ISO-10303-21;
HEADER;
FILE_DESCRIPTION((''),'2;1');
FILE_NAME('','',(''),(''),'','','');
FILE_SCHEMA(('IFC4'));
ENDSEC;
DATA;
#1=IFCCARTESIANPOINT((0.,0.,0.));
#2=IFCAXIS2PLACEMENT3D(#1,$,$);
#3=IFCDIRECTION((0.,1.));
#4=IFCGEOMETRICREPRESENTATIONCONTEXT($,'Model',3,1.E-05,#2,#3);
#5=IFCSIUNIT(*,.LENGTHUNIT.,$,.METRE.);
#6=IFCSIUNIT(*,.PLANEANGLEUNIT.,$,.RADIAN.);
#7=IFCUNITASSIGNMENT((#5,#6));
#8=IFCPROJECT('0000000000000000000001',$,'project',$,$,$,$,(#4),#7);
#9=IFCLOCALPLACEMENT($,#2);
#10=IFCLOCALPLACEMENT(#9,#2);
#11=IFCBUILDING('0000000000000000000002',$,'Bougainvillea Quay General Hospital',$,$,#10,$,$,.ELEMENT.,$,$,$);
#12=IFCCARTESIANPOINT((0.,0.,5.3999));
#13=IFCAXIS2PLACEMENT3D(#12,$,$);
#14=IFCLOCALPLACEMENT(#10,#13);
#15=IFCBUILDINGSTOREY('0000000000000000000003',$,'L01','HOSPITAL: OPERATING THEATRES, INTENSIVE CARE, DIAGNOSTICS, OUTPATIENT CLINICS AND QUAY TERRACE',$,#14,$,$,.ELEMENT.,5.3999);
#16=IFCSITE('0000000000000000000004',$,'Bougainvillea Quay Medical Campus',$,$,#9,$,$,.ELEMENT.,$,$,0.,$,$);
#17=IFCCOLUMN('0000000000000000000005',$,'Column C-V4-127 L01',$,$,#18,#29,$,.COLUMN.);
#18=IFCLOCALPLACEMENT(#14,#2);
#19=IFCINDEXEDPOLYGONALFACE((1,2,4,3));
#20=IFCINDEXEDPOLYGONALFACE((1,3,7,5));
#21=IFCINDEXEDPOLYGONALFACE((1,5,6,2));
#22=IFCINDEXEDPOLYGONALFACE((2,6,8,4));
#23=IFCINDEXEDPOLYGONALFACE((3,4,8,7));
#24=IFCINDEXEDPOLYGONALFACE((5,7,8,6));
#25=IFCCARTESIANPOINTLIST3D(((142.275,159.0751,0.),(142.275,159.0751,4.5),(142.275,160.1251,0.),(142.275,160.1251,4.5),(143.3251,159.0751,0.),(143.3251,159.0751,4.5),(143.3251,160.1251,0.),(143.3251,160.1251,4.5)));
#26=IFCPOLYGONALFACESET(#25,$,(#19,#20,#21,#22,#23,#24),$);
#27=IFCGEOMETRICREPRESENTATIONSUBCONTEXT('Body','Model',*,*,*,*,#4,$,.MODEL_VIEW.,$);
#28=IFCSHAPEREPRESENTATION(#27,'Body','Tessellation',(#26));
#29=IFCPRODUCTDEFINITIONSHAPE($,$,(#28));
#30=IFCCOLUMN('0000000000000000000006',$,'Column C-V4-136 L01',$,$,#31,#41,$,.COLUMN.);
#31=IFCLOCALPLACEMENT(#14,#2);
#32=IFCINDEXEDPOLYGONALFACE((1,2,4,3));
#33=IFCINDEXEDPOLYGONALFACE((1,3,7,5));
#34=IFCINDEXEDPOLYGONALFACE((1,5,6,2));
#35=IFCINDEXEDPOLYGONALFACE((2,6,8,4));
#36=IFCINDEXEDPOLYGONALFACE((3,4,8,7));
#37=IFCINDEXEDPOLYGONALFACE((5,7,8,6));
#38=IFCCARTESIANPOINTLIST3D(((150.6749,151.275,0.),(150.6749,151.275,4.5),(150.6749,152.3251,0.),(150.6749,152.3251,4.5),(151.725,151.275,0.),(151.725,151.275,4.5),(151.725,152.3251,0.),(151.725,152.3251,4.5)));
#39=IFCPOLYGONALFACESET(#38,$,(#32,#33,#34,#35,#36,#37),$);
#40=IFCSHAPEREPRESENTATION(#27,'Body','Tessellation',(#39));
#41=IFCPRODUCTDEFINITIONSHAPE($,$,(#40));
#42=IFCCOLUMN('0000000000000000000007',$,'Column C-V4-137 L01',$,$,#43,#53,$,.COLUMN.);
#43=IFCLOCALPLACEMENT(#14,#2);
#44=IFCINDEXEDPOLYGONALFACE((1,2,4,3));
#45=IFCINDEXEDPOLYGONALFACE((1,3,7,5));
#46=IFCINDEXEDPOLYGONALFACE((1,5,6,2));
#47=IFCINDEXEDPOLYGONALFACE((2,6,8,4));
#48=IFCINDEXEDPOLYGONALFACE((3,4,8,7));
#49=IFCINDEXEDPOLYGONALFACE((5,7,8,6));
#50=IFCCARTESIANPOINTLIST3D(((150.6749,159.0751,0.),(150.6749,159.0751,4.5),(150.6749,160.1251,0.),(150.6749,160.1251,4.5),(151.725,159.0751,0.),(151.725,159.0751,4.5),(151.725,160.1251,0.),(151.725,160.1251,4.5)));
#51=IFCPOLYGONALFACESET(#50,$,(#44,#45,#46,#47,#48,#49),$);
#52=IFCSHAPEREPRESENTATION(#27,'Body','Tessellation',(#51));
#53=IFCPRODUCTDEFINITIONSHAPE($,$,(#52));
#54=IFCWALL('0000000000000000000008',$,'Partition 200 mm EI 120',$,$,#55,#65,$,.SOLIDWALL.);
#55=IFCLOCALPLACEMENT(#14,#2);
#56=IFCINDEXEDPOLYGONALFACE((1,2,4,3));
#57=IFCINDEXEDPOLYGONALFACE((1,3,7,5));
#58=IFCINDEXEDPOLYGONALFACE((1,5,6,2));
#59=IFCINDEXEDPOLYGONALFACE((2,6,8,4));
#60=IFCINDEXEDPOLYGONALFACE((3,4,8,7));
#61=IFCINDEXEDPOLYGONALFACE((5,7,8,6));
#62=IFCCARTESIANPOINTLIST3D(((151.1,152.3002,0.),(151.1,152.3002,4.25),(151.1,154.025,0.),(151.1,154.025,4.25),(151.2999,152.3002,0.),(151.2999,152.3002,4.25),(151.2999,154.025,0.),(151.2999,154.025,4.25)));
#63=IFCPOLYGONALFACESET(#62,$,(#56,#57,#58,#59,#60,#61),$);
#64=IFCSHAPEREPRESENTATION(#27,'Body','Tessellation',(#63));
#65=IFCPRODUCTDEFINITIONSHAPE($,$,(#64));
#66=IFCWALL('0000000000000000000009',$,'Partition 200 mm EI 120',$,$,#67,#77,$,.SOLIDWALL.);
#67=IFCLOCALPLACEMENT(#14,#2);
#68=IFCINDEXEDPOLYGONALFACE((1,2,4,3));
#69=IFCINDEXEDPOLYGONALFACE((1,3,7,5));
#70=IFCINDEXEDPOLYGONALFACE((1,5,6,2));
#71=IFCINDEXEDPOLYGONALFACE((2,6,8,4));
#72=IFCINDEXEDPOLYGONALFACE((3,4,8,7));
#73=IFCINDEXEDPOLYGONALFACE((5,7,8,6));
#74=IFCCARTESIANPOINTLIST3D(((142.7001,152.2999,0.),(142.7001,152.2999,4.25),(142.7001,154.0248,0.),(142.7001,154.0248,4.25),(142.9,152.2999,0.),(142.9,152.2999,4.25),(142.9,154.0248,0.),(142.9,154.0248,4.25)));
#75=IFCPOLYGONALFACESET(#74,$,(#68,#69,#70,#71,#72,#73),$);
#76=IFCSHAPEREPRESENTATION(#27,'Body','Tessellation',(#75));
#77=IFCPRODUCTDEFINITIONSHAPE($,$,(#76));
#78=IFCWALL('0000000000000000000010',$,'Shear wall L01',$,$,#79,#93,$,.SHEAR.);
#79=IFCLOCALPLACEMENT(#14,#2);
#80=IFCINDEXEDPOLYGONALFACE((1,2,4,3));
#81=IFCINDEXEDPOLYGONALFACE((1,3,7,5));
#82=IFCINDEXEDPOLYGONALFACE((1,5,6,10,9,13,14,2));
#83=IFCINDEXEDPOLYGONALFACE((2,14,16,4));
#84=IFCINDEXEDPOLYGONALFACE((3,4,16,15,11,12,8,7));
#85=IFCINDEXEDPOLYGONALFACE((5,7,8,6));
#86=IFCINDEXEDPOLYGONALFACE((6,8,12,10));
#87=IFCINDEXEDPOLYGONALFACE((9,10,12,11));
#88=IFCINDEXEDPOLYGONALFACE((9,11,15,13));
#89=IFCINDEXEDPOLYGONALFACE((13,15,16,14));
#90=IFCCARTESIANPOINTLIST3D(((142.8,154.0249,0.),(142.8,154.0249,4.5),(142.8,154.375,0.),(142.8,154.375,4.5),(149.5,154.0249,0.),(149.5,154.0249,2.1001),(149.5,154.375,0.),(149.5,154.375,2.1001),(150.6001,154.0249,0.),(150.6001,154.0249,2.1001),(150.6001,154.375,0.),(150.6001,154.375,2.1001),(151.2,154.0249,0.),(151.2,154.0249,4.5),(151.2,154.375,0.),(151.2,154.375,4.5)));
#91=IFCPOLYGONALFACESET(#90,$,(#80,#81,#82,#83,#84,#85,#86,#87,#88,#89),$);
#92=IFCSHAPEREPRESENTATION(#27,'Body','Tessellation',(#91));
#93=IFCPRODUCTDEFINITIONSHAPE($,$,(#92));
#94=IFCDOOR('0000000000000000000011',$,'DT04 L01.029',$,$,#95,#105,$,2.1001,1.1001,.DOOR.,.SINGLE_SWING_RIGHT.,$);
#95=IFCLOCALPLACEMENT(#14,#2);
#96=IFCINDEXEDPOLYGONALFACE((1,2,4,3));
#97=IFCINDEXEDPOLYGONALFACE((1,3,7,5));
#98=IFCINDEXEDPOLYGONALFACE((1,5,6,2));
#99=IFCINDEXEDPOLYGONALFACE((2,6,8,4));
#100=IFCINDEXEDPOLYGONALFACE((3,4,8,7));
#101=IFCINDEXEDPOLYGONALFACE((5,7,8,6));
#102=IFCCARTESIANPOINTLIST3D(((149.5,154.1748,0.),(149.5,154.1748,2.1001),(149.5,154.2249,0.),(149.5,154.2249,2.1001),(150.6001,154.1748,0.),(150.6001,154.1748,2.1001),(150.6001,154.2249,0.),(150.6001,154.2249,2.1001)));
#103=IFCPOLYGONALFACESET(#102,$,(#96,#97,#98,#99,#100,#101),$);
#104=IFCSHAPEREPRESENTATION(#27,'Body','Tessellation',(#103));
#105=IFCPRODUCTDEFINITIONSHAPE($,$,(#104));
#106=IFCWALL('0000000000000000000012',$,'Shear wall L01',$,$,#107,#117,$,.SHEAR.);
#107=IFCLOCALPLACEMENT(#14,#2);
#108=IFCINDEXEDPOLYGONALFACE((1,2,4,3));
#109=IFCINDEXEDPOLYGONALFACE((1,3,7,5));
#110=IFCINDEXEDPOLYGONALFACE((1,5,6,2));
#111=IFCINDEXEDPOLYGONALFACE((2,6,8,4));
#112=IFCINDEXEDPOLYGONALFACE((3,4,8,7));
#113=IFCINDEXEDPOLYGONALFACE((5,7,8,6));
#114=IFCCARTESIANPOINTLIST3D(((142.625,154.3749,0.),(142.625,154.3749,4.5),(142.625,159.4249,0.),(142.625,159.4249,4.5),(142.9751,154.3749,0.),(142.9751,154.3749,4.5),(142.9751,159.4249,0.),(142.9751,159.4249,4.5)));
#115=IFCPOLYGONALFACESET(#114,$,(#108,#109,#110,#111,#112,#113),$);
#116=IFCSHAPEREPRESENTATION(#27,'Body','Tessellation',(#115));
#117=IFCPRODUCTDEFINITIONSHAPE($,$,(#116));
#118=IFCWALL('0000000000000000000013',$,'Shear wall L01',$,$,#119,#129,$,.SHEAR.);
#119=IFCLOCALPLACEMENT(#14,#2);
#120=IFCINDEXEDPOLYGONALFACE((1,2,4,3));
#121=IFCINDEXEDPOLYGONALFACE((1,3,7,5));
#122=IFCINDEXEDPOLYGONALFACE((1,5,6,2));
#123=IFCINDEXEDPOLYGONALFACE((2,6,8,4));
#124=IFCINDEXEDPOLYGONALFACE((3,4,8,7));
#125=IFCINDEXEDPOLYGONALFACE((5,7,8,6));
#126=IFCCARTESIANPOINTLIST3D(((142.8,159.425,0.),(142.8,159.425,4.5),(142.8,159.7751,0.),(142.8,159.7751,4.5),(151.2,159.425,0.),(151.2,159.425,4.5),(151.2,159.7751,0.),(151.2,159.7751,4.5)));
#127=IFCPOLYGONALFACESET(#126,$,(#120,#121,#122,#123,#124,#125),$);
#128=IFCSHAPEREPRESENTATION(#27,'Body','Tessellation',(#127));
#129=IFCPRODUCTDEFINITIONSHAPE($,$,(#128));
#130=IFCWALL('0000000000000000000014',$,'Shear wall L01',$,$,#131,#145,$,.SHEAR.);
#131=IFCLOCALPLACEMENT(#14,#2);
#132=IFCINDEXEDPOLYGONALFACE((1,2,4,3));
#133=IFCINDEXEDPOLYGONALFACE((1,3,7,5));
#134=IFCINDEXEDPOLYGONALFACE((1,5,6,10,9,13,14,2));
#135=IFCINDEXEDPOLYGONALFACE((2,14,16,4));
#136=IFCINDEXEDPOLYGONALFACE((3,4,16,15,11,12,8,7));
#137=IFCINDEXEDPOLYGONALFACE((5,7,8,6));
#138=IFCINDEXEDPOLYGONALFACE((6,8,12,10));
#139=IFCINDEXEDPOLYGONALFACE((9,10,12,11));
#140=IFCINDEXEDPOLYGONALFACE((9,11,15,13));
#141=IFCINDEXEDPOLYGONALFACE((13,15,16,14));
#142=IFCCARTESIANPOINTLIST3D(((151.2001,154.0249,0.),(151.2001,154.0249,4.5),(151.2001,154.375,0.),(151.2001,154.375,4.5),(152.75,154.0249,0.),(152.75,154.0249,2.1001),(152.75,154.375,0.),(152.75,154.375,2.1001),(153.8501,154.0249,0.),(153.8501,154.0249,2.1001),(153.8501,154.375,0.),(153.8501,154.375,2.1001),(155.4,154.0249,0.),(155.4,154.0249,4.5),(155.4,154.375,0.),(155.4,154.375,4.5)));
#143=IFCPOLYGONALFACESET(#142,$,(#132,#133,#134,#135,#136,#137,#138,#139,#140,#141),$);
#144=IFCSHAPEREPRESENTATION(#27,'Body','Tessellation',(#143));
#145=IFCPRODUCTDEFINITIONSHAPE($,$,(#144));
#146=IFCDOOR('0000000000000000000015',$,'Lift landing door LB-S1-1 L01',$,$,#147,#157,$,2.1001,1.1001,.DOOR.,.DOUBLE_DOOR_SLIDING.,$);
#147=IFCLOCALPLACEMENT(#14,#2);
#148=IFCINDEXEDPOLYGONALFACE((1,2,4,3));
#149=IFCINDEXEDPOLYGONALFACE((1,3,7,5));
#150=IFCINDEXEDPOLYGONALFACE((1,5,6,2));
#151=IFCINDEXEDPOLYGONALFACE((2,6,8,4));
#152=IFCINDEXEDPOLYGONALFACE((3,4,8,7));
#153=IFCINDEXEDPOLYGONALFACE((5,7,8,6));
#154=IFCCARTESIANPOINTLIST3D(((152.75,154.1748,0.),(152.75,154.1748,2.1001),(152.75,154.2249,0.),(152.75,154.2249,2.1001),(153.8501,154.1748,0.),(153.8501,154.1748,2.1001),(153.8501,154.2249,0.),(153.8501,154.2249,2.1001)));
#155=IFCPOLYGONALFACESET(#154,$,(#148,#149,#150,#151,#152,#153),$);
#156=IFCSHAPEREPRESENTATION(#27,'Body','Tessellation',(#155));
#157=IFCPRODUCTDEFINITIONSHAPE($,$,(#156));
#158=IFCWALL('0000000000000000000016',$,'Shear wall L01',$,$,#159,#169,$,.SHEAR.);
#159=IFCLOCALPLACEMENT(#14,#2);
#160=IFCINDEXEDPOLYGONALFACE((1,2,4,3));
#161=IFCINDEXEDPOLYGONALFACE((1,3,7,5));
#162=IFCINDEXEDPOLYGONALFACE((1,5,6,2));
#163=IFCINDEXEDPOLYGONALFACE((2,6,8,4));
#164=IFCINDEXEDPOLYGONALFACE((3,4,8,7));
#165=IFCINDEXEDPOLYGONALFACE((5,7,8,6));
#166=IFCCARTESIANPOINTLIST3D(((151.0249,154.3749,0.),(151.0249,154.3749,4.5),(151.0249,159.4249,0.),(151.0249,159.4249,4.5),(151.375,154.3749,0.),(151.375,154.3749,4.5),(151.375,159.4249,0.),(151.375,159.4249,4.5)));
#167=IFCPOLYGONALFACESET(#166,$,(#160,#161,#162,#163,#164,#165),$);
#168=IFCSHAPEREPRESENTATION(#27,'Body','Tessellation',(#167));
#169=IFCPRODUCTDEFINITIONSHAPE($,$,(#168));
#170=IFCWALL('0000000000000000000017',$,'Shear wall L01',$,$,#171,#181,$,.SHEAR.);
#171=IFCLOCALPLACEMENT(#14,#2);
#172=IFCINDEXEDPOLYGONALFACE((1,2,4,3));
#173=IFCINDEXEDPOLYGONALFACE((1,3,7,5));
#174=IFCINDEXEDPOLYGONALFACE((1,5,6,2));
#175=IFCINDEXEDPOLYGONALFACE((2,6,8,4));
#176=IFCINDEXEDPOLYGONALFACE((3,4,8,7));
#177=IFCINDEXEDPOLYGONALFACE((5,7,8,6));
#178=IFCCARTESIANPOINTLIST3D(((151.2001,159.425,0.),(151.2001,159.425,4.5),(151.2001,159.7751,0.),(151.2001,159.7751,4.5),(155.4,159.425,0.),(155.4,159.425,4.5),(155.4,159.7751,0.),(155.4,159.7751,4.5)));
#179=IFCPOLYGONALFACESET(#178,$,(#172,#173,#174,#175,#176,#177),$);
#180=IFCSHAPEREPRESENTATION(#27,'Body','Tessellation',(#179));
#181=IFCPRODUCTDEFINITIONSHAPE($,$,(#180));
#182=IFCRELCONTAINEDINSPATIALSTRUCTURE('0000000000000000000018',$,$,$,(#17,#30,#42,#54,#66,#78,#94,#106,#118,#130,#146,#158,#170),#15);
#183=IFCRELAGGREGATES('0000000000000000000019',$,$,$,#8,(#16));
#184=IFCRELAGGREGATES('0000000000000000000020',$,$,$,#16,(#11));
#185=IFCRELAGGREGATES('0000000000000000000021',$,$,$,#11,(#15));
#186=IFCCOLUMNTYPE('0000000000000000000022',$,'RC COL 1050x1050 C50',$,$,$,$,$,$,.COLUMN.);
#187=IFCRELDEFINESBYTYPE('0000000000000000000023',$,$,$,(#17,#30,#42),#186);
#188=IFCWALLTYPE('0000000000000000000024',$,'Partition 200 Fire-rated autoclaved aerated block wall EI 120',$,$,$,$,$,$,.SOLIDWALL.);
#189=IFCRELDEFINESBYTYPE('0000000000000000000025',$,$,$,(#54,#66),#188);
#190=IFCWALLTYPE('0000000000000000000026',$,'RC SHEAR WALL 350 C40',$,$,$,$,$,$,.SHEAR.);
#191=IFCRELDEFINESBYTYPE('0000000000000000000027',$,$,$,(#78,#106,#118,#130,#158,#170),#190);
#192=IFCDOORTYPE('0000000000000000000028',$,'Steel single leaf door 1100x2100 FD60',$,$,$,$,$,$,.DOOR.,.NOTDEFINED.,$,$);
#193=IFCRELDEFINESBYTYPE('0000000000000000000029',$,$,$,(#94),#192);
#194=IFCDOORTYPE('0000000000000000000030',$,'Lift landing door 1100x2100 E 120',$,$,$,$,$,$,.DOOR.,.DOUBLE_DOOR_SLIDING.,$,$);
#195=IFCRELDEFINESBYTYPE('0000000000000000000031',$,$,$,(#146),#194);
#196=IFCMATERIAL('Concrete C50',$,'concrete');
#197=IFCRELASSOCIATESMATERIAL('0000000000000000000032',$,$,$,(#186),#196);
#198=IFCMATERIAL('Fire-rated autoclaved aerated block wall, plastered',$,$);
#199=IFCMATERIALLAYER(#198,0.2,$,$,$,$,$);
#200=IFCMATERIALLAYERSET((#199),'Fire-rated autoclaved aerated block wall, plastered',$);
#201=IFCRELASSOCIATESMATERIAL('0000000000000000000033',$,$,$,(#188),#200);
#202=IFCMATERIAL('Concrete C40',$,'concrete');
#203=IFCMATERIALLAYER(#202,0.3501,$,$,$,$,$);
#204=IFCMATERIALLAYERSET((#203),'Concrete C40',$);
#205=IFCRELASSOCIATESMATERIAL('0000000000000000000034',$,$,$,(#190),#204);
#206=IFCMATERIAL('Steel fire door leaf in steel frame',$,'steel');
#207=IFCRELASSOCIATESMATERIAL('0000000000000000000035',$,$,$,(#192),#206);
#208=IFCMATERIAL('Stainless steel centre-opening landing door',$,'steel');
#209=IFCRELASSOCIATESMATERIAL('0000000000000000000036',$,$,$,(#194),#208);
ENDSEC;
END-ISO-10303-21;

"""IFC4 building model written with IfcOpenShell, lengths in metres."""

from ifc_helpers import new_model, si_unit, direction, frame, frame_2d, origin, origin_2d, place, context, subcontext, project, spatial, rectangle, extrude, material, layer, layer_set, material_profile, profile_set, type_object, element, fill, save


model = new_model("IFC4")

# Units and contexts
model_context = context("Model", 3, precision=1e-05, world=origin(), true_north=direction((0.0, 1.0)))
body_context = subcontext(model_context, "Body", "Model", "MODEL_VIEW")
ifc_project = project(units=[si_unit("LENGTHUNIT", "METRE"), si_unit("PLANEANGLEUNIT", "RADIAN")], contexts=[model_context])

# Site, building, storey
site_placement = place(None, origin())
site = spatial("IfcSite", under=ifc_project, at=site_placement, Name="Bougainvillea Quay Medical Campus", CompositionType="ELEMENT", RefElevation=0.0)
building_placement = place(site_placement, origin())
building = spatial("IfcBuilding", under=site, at=building_placement, Name="Bougainvillea Quay General Hospital", CompositionType="ELEMENT")
storey_placement = place(building_placement, frame((0.0, 0.0, 5.3999)))
storey = spatial("IfcBuildingStorey", under=building, at=storey_placement, Name="L01", Description="HOSPITAL: OPERATING THEATRES, INTENSIVE CARE, DIAGNOSTICS, OUTPATIENT CLINICS AND QUAY TERRACE", CompositionType="ELEMENT", Elevation=5.3999)

# Columns
ifc_material_1 = material(Name="Concrete C50", Category="concrete")
ifc_material_profile = material_profile(ifc_material_1, rectangle(XDim=1.05, YDim=1.05, at=origin_2d()))
ifc_profile_set = profile_set([ifc_material_profile], Name="Concrete C50")
column_type = type_object("IfcColumnType", Name="RC COL 1050x1050 C50", PredefinedType="COLUMN", material=ifc_profile_set)
for number, where, z_axis, x_axis, name in (
    (1, (142.8, 159.6001, 0.0), (0.0, 0.0, 1.0), (1.0, 0.0, 0.0), "Column C-V4-127 L01"),
    (2, (151.2, 151.8, 0.0), (0.0, 0.0, 1.0), (1.0, 0.0, 0.0), "Column C-V4-136 L01"),
    (3, (151.2, 159.6001, 0.0), (0.0, 0.0, 1.0), (1.0, 0.0, 0.0), "Column C-V4-137 L01"),
):
    element("IfcColumn", number, at=place(storey_placement, frame(where, z_axis=z_axis, x_axis=x_axis)), inside=storey, type_object=column_type, Name=name, PredefinedType="COLUMN", context=body_context, shape_type="SweptSolid", body=[
        extrude(rectangle(XDim=1.05, YDim=1.05, at=origin_2d()), origin(), (0.0, 0.0, 1.0), 4.5),
    ])

# Walls
ifc_material_2 = material(Name="Fire-rated autoclaved aerated block wall, plastered")
ifc_layer_1 = layer(ifc_material_2, 0.2)
ifc_layer_set_1 = layer_set([ifc_layer_1], Name="Fire-rated autoclaved aerated block wall, plastered")
wall_type_1 = type_object("IfcWallType", Name="Partition 200 Fire-rated autoclaved aerated block wall EI 120", PredefinedType="SOLIDWALL", material=ifc_layer_set_1)
for number, where, z_axis, x_axis, name in (
    (4, (151.2, 154.0249, 0.0), (0.0, 0.0, 1.0), (0.0, -1.0, 0.0), "Partition 200 mm EI 120"),
    (5, (142.8, 152.3, 0.0), (0.0, 0.0, 1.0), (0.0, 1.0, 0.0), "Partition 200 mm EI 120"),
):
    element("IfcWall", number, at=place(storey_placement, frame(where, z_axis=z_axis, x_axis=x_axis)), inside=storey, type_object=wall_type_1, Name=name, PredefinedType="SOLIDWALL", context=body_context, shape_type="SweptSolid", body=[
        extrude(rectangle(XDim=1.7249, YDim=0.2, at=frame_2d((0.8623, 0.0))), origin(), (0.0, 0.0, 1.0), 4.25),
    ])

# Wall, opening, door
ifc_material_3 = material(Name="Concrete C40", Category="concrete")
ifc_layer_2 = layer(ifc_material_3, 0.3501)
ifc_layer_set_2 = layer_set([ifc_layer_2], Name="Concrete C40")
wall_type_2 = type_object("IfcWallType", Name="RC SHEAR WALL 350 C40", PredefinedType="SHEAR", material=ifc_layer_set_2)
wall_1_placement = place(storey_placement, frame((142.8, 154.2, 0.0), z_axis=(0.0, 0.0, 1.0), x_axis=(1.0, 0.0, 0.0)))
wall_1 = element("IfcWall", 6, at=wall_1_placement, inside=storey, type_object=wall_type_2, Name="Shear wall L01", PredefinedType="SHEAR", context=body_context, shape_type="SweptSolid", body=[
    extrude(rectangle(XDim=8.3999, YDim=0.3501, at=frame_2d((4.2, 0.0))), origin(), (0.0, 0.0, 1.0), 4.5),
])
opening_1_placement = place(wall_1_placement, frame((6.7, 0.0, 0.0)))
opening_1 = element("IfcOpeningElement", 7, at=opening_1_placement, cuts=wall_1, PredefinedType="OPENING", context=body_context, shape_type="SweptSolid", body=[
    extrude(rectangle(XDim=1.1001, YDim=2.1001, at=frame_2d((0.55, 1.05))), frame((0.0, 0.1851, 0.0), z_axis=(0.0, -1.0, 0.0), x_axis=(1.0, 0.0, 0.0)), (0.0, 0.0, 1.0), 0.3701),
])
ifc_material_4 = material(Name="Steel fire door leaf in steel frame", Category="steel")
door_type_1 = type_object("IfcDoorType", Name="Steel single leaf door 1100x2100 FD60", OperationType="NOTDEFINED", PredefinedType="DOOR", material=ifc_material_4)
door_1_placement = place(opening_1_placement, origin())
door_1 = element("IfcDoor", 8, at=door_1_placement, inside=storey, type_object=door_type_1, Name="DT04 L01.029", OperationType="SINGLE_SWING_RIGHT", OverallHeight=2.1001, OverallWidth=1.1001, PredefinedType="DOOR", context=body_context, shape_type="SweptSolid", body=[
    extrude(rectangle(XDim=1.1001, YDim=2.1001, at=frame_2d((0.55, 1.05))), frame((0.0, 0.0249, 0.0), z_axis=(0.0, -1.0, 0.0), x_axis=(1.0, 0.0, 0.0)), (0.0, 0.0, 1.0), 0.05),
])
fill(opening_1, door_1)

# Walls
wall_2_placement = place(storey_placement, frame((142.8, 154.375, 0.0), z_axis=(0.0, 0.0, 1.0), x_axis=(0.0, 1.0, 0.0)))
element("IfcWall", 9, at=wall_2_placement, inside=storey, type_object=wall_type_2, Name="Shear wall L01", PredefinedType="SHEAR", context=body_context, shape_type="SweptSolid", body=[
    extrude(rectangle(XDim=5.05, YDim=0.3501, at=frame_2d((2.5249, 0.0))), origin(), (0.0, 0.0, 1.0), 4.5),
])
wall_3_placement = place(storey_placement, frame((142.8, 159.6001, 0.0), z_axis=(0.0, 0.0, 1.0), x_axis=(1.0, 0.0, 0.0)))
element("IfcWall", 10, at=wall_3_placement, inside=storey, type_object=wall_type_2, Name="Shear wall L01", PredefinedType="SHEAR", context=body_context, shape_type="SweptSolid", body=[
    extrude(rectangle(XDim=8.3999, YDim=0.3501, at=frame_2d((4.2, 0.0))), origin(), (0.0, 0.0, 1.0), 4.5),
])

# Wall, opening, door
wall_4_placement = place(storey_placement, frame((151.2, 154.2, 0.0), z_axis=(0.0, 0.0, 1.0), x_axis=(1.0, 0.0, 0.0)))
wall_4 = element("IfcWall", 11, at=wall_4_placement, inside=storey, type_object=wall_type_2, Name="Shear wall L01", PredefinedType="SHEAR", context=body_context, shape_type="SweptSolid", body=[
    extrude(rectangle(XDim=4.2, YDim=0.3501, at=frame_2d((2.1001, 0.0))), origin(), (0.0, 0.0, 1.0), 4.5),
])
opening_2_placement = place(wall_4_placement, frame((1.55, 0.0, 0.0)))
opening_2 = element("IfcOpeningElement", 12, at=opening_2_placement, cuts=wall_4, PredefinedType="OPENING", context=body_context, shape_type="SweptSolid", body=[
    extrude(rectangle(XDim=1.1001, YDim=2.1001, at=frame_2d((0.55, 1.05))), frame((0.0, 0.1851, 0.0), z_axis=(0.0, -1.0, 0.0), x_axis=(1.0, 0.0, 0.0)), (0.0, 0.0, 1.0), 0.3701),
])
ifc_material_5 = material(Name="Stainless steel centre-opening landing door", Category="steel")
door_type_2 = type_object("IfcDoorType", Name="Lift landing door 1100x2100 E 120", OperationType="DOUBLE_DOOR_SLIDING", PredefinedType="DOOR", material=ifc_material_5)
door_2_placement = place(opening_2_placement, origin())
door_2 = element("IfcDoor", 13, at=door_2_placement, inside=storey, type_object=door_type_2, Name="Lift landing door LB-S1-1 L01", OperationType="DOUBLE_DOOR_SLIDING", OverallHeight=2.1001, OverallWidth=1.1001, PredefinedType="DOOR", context=body_context, shape_type="SweptSolid", body=[
    extrude(rectangle(XDim=1.1001, YDim=2.1001, at=frame_2d((0.55, 1.05))), frame((0.0, 0.0249, 0.0), z_axis=(0.0, -1.0, 0.0), x_axis=(1.0, 0.0, 0.0)), (0.0, 0.0, 1.0), 0.05),
])
fill(opening_2, door_2)

# Walls
wall_5_placement = place(storey_placement, frame((151.2, 154.375, 0.0), z_axis=(0.0, 0.0, 1.0), x_axis=(0.0, 1.0, 0.0)))
element("IfcWall", 14, at=wall_5_placement, inside=storey, type_object=wall_type_2, Name="Shear wall L01", PredefinedType="SHEAR", context=body_context, shape_type="SweptSolid", body=[
    extrude(rectangle(XDim=5.05, YDim=0.3501, at=frame_2d((2.5249, 0.0))), origin(), (0.0, 0.0, 1.0), 4.5),
])
wall_6_placement = place(storey_placement, frame((151.2, 159.6001, 0.0), z_axis=(0.0, 0.0, 1.0), x_axis=(1.0, 0.0, 0.0)))
element("IfcWall", 15, at=wall_6_placement, inside=storey, type_object=wall_type_2, Name="Shear wall L01", PredefinedType="SHEAR", context=body_context, shape_type="SweptSolid", body=[
    extrude(rectangle(XDim=4.2, YDim=0.3501, at=frame_2d((2.1001, 0.0))), origin(), (0.0, 0.0, 1.0), 4.5),
])

save(model, "model.ifc")
